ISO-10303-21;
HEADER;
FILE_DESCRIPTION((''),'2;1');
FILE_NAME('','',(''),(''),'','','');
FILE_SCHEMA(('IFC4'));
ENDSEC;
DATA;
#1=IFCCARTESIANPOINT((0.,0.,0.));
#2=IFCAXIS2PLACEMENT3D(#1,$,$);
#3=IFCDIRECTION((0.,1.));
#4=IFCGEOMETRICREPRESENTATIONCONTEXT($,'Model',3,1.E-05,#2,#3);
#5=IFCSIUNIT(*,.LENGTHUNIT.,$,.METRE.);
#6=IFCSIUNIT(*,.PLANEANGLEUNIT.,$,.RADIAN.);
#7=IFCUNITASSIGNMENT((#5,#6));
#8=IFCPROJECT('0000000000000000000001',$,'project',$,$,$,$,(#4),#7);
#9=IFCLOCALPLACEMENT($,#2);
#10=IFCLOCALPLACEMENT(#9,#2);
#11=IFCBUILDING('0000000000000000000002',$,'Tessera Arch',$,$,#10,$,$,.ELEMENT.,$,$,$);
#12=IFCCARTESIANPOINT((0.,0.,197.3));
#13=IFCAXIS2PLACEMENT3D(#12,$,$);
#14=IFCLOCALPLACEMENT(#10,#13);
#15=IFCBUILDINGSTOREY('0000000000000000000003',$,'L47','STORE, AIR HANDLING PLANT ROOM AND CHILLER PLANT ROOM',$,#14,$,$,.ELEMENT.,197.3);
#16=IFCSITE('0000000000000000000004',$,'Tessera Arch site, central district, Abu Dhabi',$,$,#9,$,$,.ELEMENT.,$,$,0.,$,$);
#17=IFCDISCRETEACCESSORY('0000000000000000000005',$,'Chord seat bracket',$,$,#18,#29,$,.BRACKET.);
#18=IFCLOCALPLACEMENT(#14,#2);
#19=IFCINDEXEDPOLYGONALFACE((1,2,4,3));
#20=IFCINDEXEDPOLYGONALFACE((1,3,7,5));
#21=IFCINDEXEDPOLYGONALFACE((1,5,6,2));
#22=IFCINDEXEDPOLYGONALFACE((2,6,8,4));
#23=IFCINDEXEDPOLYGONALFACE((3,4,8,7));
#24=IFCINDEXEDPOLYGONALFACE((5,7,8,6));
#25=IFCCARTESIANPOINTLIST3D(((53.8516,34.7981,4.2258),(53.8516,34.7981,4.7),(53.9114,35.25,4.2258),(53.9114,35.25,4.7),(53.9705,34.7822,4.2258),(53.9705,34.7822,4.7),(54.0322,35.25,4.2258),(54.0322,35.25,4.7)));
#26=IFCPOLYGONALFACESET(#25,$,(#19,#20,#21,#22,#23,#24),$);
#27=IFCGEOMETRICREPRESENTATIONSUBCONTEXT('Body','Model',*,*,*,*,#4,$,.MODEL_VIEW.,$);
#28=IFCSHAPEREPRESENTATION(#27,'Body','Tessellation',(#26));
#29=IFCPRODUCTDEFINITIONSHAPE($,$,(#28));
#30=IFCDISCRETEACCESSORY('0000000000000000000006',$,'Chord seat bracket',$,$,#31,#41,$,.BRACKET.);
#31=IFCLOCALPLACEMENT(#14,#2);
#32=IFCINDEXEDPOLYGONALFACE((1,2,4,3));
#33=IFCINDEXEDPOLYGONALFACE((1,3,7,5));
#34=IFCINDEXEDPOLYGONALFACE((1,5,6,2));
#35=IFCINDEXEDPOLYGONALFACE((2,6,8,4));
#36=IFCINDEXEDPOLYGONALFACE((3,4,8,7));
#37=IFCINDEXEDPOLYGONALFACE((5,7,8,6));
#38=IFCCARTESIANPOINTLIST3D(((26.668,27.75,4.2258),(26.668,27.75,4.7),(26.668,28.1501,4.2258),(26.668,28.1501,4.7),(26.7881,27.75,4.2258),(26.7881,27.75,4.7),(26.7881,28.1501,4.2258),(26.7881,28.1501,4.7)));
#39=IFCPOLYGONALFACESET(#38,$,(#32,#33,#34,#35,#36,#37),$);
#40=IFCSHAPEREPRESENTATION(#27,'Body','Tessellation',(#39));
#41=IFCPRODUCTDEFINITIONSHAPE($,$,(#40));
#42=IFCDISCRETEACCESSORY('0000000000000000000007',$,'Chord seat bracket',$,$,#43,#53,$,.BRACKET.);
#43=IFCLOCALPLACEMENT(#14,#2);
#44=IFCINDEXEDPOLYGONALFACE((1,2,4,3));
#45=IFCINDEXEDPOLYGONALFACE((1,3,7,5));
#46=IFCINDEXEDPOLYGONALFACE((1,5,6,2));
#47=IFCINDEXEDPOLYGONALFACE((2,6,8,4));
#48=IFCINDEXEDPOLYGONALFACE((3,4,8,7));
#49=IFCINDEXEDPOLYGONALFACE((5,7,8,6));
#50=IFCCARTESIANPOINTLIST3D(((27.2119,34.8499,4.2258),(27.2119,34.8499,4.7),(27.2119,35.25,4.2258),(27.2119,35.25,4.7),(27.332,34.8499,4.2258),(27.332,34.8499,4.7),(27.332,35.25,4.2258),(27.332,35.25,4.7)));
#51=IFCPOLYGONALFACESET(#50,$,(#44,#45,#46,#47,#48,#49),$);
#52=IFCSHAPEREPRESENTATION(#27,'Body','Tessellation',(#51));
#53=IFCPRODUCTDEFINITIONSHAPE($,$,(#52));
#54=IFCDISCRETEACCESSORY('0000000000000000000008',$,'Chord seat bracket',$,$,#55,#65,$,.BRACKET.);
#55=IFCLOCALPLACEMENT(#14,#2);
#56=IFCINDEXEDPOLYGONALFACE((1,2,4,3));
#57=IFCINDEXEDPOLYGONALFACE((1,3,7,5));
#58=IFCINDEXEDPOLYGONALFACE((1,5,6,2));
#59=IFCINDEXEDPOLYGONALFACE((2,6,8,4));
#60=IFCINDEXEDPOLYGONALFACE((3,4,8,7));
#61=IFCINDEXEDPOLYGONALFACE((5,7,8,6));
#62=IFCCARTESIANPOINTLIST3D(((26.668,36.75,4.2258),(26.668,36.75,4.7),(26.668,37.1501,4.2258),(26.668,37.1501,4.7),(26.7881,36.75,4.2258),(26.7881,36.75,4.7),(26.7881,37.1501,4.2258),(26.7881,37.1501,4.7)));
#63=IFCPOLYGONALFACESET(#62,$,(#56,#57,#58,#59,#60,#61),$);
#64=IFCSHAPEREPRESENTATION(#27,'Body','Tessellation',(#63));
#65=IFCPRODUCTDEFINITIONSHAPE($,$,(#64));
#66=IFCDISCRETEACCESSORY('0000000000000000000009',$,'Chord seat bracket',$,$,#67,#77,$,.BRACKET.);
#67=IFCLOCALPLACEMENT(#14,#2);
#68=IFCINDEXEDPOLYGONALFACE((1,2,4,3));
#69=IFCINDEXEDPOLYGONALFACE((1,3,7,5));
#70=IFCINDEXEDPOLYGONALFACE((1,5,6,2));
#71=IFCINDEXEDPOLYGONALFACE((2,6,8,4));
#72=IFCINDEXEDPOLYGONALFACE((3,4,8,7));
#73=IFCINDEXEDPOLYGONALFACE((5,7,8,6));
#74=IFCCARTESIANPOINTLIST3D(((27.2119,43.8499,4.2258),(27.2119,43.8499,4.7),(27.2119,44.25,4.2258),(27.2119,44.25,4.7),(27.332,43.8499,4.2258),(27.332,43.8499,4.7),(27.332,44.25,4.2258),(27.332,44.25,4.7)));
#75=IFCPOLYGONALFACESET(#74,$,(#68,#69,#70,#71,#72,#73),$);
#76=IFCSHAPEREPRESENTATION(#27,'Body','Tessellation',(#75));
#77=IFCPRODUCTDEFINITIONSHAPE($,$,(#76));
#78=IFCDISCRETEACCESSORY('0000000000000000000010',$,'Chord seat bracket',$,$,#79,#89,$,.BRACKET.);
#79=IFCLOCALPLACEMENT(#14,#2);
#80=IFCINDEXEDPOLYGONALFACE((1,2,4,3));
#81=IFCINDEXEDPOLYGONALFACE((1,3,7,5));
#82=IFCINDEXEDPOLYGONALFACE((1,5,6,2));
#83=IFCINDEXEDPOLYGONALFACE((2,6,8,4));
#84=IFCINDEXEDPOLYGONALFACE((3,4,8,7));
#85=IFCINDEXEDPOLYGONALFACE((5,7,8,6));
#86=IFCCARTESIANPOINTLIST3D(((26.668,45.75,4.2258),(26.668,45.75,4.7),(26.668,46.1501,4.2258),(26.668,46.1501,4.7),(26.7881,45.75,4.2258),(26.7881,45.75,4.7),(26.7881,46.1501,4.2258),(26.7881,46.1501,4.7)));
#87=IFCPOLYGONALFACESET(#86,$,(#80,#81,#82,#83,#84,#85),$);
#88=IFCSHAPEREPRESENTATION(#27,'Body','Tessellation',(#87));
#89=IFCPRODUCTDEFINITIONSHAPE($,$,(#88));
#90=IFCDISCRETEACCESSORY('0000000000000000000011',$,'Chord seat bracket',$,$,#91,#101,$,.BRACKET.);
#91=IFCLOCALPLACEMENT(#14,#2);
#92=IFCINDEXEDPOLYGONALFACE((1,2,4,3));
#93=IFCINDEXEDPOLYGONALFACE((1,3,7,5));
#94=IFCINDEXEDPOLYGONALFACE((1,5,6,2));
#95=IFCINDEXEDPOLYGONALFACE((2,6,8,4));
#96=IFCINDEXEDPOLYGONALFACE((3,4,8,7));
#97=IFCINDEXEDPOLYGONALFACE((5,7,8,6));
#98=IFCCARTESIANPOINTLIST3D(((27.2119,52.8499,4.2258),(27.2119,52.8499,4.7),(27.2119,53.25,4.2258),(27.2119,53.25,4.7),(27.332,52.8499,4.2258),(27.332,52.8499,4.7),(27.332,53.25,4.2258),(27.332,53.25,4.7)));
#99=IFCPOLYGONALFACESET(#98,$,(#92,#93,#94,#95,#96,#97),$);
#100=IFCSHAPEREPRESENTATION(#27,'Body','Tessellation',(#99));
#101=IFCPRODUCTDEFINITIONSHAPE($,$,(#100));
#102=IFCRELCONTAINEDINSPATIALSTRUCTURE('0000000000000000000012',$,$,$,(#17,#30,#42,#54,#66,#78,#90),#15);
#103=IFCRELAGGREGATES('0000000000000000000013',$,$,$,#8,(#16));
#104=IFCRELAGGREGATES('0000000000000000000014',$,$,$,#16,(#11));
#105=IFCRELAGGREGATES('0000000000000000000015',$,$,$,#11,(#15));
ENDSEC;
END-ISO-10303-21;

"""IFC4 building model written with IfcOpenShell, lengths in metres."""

from ifc_helpers import new_model, si_unit, direction, frame, origin, place, context, subcontext, project, spatial, polyline, outline, extrude, element, save


model = new_model("IFC4")

# Units and contexts
model_context = context("Model", 3, precision=1e-05, world=origin(), true_north=direction((0.0, 1.0)))
body_context = subcontext(model_context, "Body", "Model", "MODEL_VIEW")
ifc_project = project(units=[si_unit("LENGTHUNIT", "METRE"), si_unit("PLANEANGLEUNIT", "RADIAN")], contexts=[model_context])

# Site, building, storey
site_placement = place(None, origin())
site = spatial("IfcSite", under=ifc_project, at=site_placement, Name="Tessera Arch site, central district, Abu Dhabi", CompositionType="ELEMENT", RefElevation=0.0)
building_placement = place(site_placement, origin())
building = spatial("IfcBuilding", under=site, at=building_placement, Name="Tessera Arch", CompositionType="ELEMENT")
storey_placement = place(building_placement, frame((0.0, 0.0, 197.3)))
storey = spatial("IfcBuildingStorey", under=building, at=storey_placement, Name="L47", Description="STORE, AIR HANDLING PLANT ROOM AND CHILLER PLANT ROOM", CompositionType="ELEMENT", Elevation=197.3)

# Discrete accessories
discrete_accessory_1_placement = place(storey_placement, frame((0.0, 0.0, 4.2258)))
element("IfcDiscreteAccessory", 1, at=discrete_accessory_1_placement, inside=storey, Name="Chord seat bracket", PredefinedType="BRACKET", context=body_context, shape_type="SweptSolid", body=[
    extrude(outline(polyline([(53.9114, 35.25), (54.0322, 35.25), (53.9705, 34.7822), (53.8516, 34.7981), (53.9114, 35.25)])), origin(), (0.0, 0.0, 1.0), 0.4741),
])
discrete_accessory_2_placement = place(storey_placement, frame((0.0, 0.0, 4.2258)))
element("IfcDiscreteAccessory", 2, at=discrete_accessory_2_placement, inside=storey, Name="Chord seat bracket", PredefinedType="BRACKET", context=body_context, shape_type="SweptSolid", body=[
    extrude(outline(polyline([(26.7881, 28.1501), (26.7881, 27.75), (26.668, 27.75), (26.668, 28.1501), (26.7881, 28.1501)])), origin(), (0.0, 0.0, 1.0), 0.4741),
])
discrete_accessory_3_placement = place(storey_placement, frame((0.0, 0.0, 4.2258)))
element("IfcDiscreteAccessory", 3, at=discrete_accessory_3_placement, inside=storey, Name="Chord seat bracket", PredefinedType="BRACKET", context=body_context, shape_type="SweptSolid", body=[
    extrude(outline(polyline([(27.2119, 35.25), (27.332, 35.25), (27.332, 34.8499), (27.2119, 34.8499), (27.2119, 35.25)])), origin(), (0.0, 0.0, 1.0), 0.4741),
])
discrete_accessory_4_placement = place(storey_placement, frame((0.0, 0.0, 4.2258)))
element("IfcDiscreteAccessory", 4, at=discrete_accessory_4_placement, inside=storey, Name="Chord seat bracket", PredefinedType="BRACKET", context=body_context, shape_type="SweptSolid", body=[
    extrude(outline(polyline([(26.7881, 36.75), (26.668, 36.75), (26.668, 37.1501), (26.7881, 37.1501), (26.7881, 36.75)])), origin(), (0.0, 0.0, 1.0), 0.4741),
])
discrete_accessory_5_placement = place(storey_placement, frame((0.0, 0.0, 4.2258)))
element("IfcDiscreteAccessory", 5, at=discrete_accessory_5_placement, inside=storey, Name="Chord seat bracket", PredefinedType="BRACKET", context=body_context, shape_type="SweptSolid", body=[
    extrude(outline(polyline([(27.2119, 43.8499), (27.2119, 44.25), (27.332, 44.25), (27.332, 43.8499), (27.2119, 43.8499)])), origin(), (0.0, 0.0, 1.0), 0.4741),
])
discrete_accessory_6_placement = place(storey_placement, frame((0.0, 0.0, 4.2258)))
element("IfcDiscreteAccessory", 6, at=discrete_accessory_6_placement, inside=storey, Name="Chord seat bracket", PredefinedType="BRACKET", context=body_context, shape_type="SweptSolid", body=[
    extrude(outline(polyline([(26.7881, 46.1501), (26.7881, 45.75), (26.668, 45.75), (26.668, 46.1501), (26.7881, 46.1501)])), origin(), (0.0, 0.0, 1.0), 0.4741),
])
discrete_accessory_7_placement = place(storey_placement, frame((0.0, 0.0, 4.2258)))
element("IfcDiscreteAccessory", 7, at=discrete_accessory_7_placement, inside=storey, Name="Chord seat bracket", PredefinedType="BRACKET", context=body_context, shape_type="SweptSolid", body=[
    extrude(outline(polyline([(27.2119, 52.8499), (27.2119, 53.25), (27.332, 53.25), (27.332, 52.8499), (27.2119, 52.8499)])), origin(), (0.0, 0.0, 1.0), 0.4741),
])

save(model, "model.ifc")
